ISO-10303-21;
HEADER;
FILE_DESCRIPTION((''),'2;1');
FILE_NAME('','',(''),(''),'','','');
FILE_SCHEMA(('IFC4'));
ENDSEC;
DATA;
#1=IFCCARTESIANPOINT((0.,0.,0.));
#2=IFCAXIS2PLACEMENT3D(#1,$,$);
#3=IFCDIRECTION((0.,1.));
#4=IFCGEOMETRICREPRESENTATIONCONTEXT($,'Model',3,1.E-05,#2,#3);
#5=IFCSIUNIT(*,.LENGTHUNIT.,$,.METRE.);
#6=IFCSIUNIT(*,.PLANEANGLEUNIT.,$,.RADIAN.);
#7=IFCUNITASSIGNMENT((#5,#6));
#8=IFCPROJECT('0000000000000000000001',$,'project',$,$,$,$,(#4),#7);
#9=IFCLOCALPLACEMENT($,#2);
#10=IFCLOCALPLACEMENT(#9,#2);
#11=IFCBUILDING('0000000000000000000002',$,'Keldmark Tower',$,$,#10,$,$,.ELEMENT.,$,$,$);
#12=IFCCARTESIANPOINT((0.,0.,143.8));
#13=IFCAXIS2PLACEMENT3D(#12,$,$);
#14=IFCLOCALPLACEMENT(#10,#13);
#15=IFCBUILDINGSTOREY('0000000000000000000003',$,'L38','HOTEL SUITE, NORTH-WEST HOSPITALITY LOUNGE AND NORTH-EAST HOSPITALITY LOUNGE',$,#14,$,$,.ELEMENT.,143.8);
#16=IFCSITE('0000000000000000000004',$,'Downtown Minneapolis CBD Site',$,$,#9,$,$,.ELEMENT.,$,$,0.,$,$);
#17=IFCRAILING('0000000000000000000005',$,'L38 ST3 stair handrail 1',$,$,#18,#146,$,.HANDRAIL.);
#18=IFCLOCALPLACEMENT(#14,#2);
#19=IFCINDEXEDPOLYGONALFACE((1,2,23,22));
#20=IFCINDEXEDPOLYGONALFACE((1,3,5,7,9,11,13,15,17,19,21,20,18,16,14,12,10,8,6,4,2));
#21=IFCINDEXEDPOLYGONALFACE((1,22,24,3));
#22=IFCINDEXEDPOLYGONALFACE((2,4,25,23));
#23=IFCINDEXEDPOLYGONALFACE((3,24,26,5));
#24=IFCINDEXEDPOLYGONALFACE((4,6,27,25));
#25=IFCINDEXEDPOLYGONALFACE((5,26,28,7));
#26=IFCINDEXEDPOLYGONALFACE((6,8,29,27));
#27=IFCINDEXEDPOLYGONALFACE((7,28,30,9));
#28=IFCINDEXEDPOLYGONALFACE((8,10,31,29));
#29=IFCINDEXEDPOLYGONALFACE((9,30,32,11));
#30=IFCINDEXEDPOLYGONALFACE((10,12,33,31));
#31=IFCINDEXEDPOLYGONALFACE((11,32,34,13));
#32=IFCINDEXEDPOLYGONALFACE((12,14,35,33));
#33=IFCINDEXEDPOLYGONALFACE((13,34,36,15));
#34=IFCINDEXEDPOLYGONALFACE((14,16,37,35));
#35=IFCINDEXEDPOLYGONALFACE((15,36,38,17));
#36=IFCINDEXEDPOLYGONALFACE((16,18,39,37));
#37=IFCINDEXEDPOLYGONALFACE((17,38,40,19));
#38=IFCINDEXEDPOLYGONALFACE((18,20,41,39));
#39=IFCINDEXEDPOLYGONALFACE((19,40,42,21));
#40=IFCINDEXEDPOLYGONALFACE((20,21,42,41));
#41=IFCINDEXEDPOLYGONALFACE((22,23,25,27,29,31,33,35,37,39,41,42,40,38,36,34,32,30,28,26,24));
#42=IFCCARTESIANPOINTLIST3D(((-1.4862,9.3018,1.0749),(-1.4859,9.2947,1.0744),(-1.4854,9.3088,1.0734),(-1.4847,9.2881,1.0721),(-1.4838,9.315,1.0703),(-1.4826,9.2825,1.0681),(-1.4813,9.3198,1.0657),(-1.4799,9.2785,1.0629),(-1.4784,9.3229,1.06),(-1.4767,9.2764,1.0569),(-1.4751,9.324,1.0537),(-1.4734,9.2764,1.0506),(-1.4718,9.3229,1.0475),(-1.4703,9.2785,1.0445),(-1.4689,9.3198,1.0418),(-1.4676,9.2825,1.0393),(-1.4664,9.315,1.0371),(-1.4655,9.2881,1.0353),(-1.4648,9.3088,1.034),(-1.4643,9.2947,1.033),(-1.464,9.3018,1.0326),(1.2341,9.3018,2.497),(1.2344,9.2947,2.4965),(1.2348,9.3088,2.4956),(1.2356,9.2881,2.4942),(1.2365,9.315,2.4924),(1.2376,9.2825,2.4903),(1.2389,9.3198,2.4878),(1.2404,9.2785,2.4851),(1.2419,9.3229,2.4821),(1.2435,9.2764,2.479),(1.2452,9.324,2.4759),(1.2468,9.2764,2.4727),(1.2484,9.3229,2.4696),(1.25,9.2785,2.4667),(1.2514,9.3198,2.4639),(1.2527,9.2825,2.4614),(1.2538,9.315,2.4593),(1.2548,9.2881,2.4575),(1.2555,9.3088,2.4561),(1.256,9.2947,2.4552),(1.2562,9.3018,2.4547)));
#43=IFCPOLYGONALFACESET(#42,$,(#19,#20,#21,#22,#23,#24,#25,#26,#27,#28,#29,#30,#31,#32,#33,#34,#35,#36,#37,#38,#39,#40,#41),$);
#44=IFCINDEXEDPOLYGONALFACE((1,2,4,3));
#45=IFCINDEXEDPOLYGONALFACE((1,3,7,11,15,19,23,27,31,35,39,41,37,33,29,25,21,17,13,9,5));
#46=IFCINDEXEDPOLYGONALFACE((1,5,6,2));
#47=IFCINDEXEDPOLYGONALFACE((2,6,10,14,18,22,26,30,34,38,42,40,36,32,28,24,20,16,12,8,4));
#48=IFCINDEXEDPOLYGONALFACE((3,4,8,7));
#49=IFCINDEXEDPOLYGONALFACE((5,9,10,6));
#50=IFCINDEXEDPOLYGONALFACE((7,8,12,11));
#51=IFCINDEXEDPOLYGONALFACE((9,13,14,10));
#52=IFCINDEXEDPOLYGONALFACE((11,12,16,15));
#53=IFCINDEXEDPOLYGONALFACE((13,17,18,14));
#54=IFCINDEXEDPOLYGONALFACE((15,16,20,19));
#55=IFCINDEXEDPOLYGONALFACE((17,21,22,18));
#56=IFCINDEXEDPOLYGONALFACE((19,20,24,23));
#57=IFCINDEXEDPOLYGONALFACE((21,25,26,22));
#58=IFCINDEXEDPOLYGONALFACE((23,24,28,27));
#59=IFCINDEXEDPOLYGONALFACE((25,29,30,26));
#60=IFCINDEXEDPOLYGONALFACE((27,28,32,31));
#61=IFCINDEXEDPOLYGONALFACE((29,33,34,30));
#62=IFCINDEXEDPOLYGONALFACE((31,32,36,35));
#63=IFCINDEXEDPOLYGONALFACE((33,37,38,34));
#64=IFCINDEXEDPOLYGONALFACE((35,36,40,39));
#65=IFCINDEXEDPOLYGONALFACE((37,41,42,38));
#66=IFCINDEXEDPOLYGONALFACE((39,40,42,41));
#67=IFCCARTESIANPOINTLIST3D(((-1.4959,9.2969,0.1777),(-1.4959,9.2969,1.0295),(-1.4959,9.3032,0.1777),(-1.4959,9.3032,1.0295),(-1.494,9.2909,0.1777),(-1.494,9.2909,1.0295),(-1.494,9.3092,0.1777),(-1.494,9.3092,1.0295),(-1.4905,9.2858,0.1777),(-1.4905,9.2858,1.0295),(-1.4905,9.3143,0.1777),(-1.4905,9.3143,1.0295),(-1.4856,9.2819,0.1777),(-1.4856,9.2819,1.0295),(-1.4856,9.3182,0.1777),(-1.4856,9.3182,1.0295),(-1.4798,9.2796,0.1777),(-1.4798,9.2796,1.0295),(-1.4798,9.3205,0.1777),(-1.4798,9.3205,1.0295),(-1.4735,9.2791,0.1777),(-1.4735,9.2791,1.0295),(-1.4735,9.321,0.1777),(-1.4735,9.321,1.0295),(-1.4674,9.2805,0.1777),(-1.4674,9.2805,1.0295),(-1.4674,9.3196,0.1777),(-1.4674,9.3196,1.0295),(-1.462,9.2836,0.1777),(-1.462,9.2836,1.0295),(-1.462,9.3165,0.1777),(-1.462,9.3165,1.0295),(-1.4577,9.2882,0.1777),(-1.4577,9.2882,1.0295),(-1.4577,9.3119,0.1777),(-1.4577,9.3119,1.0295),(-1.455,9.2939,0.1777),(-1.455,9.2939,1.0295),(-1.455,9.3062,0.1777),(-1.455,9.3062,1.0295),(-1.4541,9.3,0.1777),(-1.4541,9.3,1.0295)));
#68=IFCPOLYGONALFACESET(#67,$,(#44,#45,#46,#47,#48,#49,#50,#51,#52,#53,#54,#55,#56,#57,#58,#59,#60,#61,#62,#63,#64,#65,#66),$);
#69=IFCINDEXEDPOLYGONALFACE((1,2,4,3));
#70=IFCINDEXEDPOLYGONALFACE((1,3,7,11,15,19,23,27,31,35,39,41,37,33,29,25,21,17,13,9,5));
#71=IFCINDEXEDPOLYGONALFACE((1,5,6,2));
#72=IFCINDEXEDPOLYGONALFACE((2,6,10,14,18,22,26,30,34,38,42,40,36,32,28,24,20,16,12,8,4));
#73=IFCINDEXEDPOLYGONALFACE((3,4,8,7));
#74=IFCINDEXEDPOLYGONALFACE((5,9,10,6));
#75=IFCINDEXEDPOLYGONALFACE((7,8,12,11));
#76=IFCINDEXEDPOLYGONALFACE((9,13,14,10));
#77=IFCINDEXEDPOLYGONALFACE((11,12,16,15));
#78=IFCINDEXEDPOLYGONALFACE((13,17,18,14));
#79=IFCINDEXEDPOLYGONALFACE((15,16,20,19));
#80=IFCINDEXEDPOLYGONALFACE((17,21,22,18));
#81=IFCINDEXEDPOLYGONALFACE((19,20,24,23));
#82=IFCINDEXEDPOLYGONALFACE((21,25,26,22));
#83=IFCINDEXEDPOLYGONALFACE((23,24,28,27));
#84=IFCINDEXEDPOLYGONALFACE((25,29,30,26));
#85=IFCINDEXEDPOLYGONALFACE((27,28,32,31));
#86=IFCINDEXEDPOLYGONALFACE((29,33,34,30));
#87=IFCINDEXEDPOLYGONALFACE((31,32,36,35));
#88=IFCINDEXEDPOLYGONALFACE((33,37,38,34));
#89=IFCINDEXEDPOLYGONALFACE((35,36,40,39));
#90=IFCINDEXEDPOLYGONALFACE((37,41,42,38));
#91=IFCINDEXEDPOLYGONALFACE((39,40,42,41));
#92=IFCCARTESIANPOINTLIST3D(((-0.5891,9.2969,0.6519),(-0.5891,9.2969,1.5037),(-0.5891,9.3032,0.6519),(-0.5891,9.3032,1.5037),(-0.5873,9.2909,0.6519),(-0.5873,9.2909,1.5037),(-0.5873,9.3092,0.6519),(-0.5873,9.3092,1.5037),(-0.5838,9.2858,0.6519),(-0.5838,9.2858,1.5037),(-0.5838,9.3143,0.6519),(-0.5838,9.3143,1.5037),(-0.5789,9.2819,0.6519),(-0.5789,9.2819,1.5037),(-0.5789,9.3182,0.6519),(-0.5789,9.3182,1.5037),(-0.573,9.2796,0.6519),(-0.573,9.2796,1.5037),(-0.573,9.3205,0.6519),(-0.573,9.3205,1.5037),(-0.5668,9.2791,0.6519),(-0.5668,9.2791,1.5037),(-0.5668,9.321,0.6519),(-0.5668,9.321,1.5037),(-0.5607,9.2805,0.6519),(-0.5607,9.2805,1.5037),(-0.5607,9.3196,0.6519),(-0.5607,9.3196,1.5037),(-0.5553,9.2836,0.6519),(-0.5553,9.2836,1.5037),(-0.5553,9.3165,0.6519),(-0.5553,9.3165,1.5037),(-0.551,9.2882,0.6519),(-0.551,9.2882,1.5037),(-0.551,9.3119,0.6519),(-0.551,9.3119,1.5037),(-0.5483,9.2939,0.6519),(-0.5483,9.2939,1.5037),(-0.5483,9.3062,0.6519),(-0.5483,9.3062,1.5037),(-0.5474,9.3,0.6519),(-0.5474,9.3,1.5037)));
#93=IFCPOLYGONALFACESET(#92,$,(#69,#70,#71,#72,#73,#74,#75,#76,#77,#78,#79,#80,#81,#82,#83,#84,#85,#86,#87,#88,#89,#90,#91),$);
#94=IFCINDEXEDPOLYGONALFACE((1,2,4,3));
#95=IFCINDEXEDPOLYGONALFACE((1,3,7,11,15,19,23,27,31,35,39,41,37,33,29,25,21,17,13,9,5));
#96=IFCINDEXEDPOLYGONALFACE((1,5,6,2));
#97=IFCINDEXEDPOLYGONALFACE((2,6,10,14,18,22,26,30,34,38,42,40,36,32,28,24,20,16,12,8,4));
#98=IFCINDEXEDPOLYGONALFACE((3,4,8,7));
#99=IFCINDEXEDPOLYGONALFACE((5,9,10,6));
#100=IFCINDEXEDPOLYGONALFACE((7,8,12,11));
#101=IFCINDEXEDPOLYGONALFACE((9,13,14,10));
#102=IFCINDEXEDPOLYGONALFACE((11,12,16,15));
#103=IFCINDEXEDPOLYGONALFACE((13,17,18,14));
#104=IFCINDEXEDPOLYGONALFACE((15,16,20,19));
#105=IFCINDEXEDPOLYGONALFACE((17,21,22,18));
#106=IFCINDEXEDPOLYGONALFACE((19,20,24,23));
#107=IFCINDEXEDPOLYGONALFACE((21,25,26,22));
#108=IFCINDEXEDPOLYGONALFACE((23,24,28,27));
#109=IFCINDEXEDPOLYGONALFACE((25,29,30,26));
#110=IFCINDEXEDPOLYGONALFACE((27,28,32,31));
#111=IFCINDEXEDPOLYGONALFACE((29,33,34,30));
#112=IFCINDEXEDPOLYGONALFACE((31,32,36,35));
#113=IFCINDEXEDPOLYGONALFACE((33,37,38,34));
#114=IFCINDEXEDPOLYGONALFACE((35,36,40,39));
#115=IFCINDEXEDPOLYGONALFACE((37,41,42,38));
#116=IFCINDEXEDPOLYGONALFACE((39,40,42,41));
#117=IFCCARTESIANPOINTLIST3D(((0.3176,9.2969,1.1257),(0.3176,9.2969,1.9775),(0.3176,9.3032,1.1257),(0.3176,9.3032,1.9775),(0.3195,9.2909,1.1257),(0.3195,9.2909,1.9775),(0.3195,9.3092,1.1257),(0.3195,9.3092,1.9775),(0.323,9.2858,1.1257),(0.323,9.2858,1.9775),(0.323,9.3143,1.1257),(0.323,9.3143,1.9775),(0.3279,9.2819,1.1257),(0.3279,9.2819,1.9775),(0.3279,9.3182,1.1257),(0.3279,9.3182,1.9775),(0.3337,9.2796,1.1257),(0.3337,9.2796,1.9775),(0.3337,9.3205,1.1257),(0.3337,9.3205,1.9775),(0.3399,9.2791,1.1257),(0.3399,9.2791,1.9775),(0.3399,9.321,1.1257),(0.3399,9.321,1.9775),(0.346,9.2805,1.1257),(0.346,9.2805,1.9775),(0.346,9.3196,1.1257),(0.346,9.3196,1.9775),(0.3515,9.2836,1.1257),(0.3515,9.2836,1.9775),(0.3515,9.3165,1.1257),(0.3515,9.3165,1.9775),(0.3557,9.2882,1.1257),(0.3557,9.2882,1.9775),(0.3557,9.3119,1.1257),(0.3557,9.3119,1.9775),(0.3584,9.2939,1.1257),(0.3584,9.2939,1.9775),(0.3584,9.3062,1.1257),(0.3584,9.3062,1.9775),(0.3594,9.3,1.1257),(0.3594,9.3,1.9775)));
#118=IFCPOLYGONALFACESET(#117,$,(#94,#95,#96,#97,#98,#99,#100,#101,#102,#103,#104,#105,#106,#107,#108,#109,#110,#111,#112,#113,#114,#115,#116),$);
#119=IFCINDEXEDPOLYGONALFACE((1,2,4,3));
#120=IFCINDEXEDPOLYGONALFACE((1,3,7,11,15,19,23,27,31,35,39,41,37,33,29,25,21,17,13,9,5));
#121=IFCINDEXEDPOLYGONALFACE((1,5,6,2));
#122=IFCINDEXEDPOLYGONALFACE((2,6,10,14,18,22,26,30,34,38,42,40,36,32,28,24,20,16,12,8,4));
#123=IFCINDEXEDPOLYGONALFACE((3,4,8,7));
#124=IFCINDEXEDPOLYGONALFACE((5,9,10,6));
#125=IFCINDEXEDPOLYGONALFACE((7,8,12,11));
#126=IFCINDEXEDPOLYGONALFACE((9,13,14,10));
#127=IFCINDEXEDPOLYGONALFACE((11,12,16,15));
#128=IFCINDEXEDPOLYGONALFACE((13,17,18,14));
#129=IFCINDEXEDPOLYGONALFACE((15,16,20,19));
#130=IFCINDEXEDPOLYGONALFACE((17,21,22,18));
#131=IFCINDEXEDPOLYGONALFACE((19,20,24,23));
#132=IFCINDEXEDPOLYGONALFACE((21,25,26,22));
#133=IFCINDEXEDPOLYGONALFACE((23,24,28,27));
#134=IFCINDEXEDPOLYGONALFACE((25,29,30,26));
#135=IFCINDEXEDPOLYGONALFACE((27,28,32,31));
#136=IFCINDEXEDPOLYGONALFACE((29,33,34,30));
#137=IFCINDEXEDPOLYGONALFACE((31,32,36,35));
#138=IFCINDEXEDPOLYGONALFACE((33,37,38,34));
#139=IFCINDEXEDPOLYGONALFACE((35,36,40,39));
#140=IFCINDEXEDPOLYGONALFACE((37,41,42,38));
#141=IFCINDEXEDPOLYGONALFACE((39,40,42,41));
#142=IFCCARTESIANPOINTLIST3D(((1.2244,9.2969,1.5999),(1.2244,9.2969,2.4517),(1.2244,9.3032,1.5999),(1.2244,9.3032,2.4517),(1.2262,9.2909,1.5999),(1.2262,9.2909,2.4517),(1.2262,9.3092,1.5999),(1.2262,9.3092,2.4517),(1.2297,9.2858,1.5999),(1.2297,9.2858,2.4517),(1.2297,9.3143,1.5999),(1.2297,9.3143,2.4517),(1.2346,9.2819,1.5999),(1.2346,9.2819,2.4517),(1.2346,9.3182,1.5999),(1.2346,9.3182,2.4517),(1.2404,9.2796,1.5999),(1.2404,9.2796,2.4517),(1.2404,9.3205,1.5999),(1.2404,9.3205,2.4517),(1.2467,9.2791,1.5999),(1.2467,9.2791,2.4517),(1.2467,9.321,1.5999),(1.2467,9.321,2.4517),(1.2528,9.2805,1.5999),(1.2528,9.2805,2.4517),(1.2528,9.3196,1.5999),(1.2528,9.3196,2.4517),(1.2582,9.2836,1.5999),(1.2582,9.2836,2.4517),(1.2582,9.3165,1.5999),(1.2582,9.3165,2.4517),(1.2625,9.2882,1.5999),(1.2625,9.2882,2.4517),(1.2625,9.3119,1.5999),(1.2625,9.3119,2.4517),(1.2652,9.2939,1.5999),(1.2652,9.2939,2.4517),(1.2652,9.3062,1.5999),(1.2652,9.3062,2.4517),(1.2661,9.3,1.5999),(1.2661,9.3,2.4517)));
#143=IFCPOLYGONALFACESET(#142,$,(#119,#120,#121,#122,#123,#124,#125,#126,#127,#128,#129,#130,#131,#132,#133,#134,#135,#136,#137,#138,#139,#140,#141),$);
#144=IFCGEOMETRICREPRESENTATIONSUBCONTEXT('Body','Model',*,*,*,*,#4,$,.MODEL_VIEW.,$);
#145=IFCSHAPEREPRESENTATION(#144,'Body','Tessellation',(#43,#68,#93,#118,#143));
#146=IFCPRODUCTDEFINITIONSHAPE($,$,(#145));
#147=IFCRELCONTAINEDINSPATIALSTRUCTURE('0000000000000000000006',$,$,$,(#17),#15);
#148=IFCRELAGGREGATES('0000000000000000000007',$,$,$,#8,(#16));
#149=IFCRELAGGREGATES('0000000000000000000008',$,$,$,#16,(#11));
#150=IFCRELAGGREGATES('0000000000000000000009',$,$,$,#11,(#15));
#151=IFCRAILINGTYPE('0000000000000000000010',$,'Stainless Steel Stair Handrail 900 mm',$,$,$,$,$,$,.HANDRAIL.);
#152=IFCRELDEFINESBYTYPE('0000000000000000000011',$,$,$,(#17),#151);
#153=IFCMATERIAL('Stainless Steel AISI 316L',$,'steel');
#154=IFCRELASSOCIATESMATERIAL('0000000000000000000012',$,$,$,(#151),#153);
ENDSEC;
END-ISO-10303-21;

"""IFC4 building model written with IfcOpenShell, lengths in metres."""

from ifc_helpers import new_model, si_unit, direction, frame, origin, origin_2d, place, context, subcontext, project, spatial, circle, extrude, material, type_object, element, save


model = new_model("IFC4")

# Units and contexts
model_context = context("Model", 3, precision=1e-05, world=origin(), true_north=direction((0.0, 1.0)))
body_context = subcontext(model_context, "Body", "Model", "MODEL_VIEW")
ifc_project = project(units=[si_unit("LENGTHUNIT", "METRE"), si_unit("PLANEANGLEUNIT", "RADIAN")], contexts=[model_context])

# Site, building, storey
site_placement = place(None, origin())
site = spatial("IfcSite", under=ifc_project, at=site_placement, Name="Downtown Minneapolis CBD Site", CompositionType="ELEMENT", RefElevation=0.0)
building_placement = place(site_placement, origin())
building = spatial("IfcBuilding", under=site, at=building_placement, Name="Keldmark Tower", CompositionType="ELEMENT")
storey_placement = place(building_placement, frame((0.0, 0.0, 143.8)))
storey = spatial("IfcBuildingStorey", under=building, at=storey_placement, Name="L38", Description="HOTEL SUITE, NORTH-WEST HOSPITALITY LOUNGE AND NORTH-EAST HOSPITALITY LOUNGE", CompositionType="ELEMENT", Elevation=143.8)

# Railing
ifc_material_1 = material(Name="Stainless Steel AISI 316L", Category="steel")
railing_type = type_object("IfcRailingType", Name="Stainless Steel Stair Handrail 900 mm", PredefinedType="HANDRAIL", material=ifc_material_1)
railing_placement = place(storey_placement, frame((-1.4751, 9.3, 0.1777)))
element("IfcRailing", 1, at=railing_placement, inside=storey, type_object=railing_type, Name="L38 ST3 stair handrail 1", PredefinedType="HANDRAIL", context=body_context, shape_type="SweptSolid", body=[
    extrude(circle(Radius=0.0239, at=origin_2d()), frame((0.0, 0.0, 0.876), z_axis=(0.8862, 0.0, 0.463302), x_axis=(0.0, 1.0, 0.0)), (0.0, 0.0, 1.0), 3.0696),
    extrude(circle(Radius=0.021, at=origin_2d()), origin(), (0.0, 0.0, 1.0), 0.8518),
    extrude(circle(Radius=0.021, at=origin_2d()), frame((0.9067, 0.0, 0.4741)), (0.0, 0.0, 1.0), 0.8518),
    extrude(circle(Radius=0.021, at=origin_2d()), frame((1.8135, 0.0, 0.948)), (0.0, 0.0, 1.0), 0.8518),
    extrude(circle(Radius=0.021, at=origin_2d()), frame((2.7202, 0.0, 1.4221)), (0.0, 0.0, 1.0), 0.8518),
])

save(model, "model.ifc")
